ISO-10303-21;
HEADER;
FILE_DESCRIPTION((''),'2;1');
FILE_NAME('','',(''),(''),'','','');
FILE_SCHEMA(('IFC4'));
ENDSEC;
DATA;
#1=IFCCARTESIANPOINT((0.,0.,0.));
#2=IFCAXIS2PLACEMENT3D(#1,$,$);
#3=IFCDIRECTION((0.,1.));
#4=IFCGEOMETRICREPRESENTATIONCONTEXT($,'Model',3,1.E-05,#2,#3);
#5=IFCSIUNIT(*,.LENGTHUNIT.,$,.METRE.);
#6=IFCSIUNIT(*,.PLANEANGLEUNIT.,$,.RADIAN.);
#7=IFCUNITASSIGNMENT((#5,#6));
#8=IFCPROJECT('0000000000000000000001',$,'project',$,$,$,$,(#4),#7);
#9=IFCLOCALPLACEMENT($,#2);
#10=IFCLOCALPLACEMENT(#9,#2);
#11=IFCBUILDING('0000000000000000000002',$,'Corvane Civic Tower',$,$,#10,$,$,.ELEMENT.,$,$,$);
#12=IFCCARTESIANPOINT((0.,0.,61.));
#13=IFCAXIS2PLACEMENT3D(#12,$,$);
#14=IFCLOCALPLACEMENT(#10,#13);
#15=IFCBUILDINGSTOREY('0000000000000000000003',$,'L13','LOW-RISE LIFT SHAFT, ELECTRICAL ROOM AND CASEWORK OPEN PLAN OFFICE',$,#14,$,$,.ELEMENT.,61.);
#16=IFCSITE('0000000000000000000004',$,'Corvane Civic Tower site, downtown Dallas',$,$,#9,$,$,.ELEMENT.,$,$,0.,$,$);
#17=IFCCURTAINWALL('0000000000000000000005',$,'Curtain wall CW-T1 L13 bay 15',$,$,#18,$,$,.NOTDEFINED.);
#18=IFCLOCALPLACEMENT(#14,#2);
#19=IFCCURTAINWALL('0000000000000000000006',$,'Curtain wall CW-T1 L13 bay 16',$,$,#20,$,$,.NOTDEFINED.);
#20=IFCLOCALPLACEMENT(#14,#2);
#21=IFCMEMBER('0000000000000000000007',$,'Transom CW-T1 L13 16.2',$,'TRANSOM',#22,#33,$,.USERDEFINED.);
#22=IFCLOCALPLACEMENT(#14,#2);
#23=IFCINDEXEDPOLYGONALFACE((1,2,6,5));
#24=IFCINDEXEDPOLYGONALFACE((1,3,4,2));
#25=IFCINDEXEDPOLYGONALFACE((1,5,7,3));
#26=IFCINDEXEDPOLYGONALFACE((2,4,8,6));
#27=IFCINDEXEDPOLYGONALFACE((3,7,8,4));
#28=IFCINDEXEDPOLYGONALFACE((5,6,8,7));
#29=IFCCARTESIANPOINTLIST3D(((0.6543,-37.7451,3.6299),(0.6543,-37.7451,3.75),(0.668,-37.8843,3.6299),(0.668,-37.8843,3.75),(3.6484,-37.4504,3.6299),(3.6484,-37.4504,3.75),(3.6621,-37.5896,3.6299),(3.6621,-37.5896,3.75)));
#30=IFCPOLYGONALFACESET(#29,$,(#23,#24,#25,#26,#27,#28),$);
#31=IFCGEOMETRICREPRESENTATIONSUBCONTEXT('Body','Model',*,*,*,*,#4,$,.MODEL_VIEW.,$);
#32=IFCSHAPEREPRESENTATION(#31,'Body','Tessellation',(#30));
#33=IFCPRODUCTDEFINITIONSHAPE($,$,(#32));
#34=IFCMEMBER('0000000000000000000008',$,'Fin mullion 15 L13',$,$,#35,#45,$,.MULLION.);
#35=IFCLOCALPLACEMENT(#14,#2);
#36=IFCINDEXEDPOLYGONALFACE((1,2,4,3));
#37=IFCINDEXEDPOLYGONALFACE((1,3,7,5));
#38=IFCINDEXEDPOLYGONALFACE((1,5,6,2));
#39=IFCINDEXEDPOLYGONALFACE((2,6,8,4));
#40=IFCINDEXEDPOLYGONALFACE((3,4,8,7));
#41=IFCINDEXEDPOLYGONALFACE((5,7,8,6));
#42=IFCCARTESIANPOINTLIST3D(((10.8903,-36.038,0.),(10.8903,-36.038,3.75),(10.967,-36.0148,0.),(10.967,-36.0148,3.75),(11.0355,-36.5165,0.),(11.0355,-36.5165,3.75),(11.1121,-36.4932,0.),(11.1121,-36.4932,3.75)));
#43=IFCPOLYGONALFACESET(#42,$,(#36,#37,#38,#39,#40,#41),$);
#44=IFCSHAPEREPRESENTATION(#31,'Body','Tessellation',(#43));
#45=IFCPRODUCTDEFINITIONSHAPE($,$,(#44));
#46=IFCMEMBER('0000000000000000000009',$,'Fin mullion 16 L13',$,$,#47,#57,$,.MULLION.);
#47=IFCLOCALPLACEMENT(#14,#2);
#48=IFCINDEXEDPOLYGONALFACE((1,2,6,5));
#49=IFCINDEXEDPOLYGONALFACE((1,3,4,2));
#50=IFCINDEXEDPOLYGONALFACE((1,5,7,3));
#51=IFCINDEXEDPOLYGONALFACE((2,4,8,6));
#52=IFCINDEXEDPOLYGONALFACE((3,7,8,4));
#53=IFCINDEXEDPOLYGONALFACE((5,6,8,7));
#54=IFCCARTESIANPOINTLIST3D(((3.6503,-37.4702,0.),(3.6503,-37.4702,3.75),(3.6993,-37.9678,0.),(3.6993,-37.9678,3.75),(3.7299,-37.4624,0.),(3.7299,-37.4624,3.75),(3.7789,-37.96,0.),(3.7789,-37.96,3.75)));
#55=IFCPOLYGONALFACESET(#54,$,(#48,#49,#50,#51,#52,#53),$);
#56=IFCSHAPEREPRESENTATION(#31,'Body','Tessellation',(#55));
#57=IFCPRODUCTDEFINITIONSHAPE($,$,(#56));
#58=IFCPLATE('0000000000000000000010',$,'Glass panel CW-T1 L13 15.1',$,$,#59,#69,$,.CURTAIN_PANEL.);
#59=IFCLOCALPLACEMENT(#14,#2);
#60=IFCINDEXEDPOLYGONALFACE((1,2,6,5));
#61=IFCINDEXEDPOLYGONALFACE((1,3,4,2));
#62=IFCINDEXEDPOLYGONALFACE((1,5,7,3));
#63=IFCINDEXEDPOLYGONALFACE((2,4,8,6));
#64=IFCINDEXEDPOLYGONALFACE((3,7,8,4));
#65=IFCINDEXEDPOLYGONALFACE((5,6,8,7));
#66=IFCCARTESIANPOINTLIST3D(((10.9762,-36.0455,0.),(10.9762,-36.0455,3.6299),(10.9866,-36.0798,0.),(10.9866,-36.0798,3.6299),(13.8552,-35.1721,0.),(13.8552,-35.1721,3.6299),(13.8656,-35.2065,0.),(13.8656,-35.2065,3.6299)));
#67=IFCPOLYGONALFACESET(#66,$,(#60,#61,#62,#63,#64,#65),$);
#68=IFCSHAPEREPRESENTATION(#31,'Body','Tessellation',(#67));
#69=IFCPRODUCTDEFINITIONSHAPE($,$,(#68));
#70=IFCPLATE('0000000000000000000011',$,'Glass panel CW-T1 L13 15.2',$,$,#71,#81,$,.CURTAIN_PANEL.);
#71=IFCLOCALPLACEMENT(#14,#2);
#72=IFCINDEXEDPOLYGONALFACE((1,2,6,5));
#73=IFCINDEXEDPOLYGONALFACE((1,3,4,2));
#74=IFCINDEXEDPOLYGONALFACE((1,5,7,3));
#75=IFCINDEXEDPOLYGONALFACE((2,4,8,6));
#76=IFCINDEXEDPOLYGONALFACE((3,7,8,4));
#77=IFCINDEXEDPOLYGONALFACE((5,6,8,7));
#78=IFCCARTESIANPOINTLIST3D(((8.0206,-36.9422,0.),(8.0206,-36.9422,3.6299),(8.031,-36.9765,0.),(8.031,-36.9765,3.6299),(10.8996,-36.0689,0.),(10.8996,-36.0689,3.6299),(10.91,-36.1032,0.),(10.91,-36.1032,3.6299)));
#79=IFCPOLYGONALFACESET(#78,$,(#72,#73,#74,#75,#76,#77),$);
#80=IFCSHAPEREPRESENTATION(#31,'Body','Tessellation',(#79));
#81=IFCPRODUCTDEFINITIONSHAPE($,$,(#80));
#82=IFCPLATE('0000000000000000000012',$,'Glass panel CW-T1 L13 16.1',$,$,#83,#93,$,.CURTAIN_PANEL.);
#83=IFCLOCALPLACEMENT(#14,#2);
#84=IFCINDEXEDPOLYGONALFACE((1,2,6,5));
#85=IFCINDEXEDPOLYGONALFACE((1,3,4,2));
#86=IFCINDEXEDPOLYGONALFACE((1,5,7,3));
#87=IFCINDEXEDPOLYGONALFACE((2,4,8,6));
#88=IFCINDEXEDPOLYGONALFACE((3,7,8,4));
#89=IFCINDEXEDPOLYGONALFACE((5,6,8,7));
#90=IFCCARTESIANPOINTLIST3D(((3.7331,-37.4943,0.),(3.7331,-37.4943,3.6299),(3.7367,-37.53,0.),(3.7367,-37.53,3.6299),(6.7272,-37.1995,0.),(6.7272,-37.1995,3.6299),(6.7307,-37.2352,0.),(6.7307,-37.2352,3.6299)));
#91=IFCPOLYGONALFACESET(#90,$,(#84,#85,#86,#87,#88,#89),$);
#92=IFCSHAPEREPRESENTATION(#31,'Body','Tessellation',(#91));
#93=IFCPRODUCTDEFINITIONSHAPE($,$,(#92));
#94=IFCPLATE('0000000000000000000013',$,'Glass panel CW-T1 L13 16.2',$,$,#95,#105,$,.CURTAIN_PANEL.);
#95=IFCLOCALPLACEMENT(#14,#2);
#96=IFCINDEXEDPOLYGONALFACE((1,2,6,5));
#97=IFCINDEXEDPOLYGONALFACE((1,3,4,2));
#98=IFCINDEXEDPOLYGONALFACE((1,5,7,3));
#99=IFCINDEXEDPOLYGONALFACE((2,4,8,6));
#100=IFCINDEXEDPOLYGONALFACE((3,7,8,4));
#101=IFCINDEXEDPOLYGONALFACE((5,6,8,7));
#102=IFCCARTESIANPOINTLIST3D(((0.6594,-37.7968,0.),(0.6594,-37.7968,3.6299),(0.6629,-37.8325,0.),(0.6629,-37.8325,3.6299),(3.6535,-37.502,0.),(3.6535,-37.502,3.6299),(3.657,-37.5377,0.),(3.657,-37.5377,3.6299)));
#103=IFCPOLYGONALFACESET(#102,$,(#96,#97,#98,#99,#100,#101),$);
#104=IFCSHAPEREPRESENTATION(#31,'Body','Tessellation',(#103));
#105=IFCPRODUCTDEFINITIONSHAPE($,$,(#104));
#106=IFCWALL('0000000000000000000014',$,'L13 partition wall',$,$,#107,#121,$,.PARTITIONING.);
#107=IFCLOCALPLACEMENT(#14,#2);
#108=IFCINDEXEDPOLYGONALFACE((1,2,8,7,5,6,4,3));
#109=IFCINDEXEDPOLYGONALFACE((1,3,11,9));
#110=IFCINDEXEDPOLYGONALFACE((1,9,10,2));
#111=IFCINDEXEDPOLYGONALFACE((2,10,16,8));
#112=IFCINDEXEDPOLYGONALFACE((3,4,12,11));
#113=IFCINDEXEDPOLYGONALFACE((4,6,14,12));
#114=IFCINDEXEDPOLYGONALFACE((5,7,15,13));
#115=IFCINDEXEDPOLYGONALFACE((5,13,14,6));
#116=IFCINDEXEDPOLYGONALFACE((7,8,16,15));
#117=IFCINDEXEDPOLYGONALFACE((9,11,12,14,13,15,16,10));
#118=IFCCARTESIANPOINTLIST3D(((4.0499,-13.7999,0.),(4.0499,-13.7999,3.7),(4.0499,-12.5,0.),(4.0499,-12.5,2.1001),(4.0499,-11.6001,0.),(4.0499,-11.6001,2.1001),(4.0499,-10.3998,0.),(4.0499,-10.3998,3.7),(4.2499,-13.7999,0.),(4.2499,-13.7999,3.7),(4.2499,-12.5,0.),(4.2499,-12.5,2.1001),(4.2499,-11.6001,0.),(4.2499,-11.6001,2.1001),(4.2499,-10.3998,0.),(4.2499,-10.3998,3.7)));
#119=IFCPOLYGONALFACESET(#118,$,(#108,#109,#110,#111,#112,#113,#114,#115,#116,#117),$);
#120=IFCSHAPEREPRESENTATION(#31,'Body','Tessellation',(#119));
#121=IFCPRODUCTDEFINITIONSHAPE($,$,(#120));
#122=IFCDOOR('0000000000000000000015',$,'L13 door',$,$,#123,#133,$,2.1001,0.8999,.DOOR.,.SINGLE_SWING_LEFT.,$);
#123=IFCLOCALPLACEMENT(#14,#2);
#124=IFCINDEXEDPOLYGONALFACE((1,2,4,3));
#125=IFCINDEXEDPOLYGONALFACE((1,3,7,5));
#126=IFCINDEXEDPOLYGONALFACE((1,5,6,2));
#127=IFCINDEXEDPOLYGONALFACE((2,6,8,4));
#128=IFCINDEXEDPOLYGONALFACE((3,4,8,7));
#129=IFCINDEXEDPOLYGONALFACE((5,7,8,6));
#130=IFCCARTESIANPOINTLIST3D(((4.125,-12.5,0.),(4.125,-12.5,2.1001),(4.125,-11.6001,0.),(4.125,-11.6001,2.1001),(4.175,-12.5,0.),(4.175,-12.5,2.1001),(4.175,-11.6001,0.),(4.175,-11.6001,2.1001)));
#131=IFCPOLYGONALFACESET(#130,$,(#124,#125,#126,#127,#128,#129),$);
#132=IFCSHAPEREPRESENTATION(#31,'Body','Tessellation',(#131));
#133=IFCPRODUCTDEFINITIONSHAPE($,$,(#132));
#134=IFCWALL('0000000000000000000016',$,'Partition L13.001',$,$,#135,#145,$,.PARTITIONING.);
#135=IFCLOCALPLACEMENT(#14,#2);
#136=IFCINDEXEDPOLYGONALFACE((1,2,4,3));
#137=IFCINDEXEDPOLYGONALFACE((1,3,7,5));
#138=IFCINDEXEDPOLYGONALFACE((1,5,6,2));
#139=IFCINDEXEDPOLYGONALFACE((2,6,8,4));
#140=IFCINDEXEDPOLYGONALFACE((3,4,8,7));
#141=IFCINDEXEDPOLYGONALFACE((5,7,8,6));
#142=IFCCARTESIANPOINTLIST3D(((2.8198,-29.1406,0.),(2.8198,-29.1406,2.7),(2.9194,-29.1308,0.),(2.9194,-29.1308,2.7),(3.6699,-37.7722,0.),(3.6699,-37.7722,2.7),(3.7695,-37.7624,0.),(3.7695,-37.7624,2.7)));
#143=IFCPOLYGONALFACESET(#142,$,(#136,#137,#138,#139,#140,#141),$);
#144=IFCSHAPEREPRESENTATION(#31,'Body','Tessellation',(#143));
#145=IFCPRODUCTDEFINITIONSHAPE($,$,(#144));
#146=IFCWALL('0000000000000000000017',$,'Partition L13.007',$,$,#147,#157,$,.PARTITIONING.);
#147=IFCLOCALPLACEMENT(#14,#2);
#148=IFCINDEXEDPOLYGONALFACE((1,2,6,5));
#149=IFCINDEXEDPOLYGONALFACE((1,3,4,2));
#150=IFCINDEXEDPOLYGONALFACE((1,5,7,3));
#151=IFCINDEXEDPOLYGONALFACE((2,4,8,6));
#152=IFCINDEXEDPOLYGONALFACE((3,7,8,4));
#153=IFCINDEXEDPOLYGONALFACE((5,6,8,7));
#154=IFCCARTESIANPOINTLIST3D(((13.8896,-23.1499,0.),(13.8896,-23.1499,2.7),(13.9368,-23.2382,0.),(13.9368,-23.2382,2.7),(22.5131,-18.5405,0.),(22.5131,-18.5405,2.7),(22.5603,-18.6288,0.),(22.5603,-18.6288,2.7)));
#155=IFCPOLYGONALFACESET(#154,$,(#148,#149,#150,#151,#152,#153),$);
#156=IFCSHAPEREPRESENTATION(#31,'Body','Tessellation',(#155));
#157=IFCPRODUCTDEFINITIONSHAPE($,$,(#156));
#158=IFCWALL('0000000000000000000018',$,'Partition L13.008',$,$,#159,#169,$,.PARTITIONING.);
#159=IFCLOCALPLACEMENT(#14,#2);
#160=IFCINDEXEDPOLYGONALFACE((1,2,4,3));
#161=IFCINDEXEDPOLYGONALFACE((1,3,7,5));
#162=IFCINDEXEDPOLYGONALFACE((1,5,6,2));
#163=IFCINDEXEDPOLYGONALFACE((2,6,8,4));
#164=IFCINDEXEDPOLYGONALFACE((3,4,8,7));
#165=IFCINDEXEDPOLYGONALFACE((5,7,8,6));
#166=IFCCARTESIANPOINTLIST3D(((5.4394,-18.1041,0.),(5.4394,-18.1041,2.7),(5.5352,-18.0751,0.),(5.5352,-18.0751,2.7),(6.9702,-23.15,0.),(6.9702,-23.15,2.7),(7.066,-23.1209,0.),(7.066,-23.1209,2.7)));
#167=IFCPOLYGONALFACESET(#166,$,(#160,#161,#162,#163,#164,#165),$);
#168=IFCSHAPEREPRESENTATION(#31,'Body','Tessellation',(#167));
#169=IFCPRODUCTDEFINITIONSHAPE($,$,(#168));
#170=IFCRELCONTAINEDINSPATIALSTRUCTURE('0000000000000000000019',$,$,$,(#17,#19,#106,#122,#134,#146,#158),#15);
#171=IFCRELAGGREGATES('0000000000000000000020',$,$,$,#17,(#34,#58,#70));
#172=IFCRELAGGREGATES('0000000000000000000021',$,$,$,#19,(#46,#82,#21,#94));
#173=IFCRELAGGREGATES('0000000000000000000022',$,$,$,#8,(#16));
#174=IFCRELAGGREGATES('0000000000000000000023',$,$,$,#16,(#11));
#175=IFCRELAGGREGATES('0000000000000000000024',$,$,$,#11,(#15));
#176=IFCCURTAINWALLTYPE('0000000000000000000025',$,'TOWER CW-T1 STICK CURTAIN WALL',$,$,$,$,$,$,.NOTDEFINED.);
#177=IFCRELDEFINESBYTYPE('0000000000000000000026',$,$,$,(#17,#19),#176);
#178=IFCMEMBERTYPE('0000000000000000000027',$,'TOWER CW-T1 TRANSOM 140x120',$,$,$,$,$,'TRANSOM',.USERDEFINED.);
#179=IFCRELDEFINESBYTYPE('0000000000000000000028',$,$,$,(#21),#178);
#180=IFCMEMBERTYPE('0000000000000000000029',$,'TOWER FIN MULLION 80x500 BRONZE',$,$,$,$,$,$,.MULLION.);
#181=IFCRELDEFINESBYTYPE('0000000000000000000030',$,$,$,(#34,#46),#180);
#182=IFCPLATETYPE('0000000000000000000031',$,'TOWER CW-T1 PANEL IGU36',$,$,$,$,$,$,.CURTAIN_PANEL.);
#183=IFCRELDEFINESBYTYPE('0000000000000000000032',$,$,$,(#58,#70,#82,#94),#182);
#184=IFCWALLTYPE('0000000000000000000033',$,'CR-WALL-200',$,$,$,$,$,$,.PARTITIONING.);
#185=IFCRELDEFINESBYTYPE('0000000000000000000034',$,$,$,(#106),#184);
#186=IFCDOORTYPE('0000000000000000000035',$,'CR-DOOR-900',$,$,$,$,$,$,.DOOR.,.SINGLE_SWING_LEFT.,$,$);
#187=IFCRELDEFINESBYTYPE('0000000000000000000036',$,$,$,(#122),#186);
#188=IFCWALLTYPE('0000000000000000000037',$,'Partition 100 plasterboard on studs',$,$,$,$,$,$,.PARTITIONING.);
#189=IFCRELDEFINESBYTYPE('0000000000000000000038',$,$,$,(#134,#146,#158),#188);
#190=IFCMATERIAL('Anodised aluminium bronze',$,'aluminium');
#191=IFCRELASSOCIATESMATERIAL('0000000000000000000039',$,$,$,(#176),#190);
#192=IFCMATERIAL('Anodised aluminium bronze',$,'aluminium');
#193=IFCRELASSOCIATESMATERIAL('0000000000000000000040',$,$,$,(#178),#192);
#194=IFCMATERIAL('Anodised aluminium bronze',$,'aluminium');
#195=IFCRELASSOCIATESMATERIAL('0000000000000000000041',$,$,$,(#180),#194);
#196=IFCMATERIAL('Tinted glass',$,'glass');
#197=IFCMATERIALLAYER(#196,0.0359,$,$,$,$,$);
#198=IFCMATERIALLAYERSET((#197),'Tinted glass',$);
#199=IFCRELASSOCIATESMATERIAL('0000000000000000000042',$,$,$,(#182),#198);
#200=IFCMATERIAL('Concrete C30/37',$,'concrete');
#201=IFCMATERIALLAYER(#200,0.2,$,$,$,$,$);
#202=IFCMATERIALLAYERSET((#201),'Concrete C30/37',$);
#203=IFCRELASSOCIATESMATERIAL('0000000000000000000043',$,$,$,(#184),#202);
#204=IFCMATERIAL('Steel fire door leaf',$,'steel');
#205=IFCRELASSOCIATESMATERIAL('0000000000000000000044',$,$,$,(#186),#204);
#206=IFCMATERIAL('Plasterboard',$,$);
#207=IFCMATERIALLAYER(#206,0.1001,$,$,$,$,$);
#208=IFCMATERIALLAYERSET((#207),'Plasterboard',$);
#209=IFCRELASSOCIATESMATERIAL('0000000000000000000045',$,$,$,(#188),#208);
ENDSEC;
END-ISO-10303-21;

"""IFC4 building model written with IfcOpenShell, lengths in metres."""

from ifc_helpers import new_model, si_unit, direction, frame, frame_2d, origin, origin_2d, place, context, subcontext, project, spatial, rectangle, extrude, material, layer, layer_set, material_profile, profile_set, type_object, element, fill, aggregate, save


model = new_model("IFC4")

# Units and contexts
model_context = context("Model", 3, precision=1e-05, world=origin(), true_north=direction((0.0, 1.0)))
body_context = subcontext(model_context, "Body", "Model", "MODEL_VIEW")
ifc_project = project(units=[si_unit("LENGTHUNIT", "METRE"), si_unit("PLANEANGLEUNIT", "RADIAN")], contexts=[model_context])

# Site, building, storey
site_placement = place(None, origin())
site = spatial("IfcSite", under=ifc_project, at=site_placement, Name="Corvane Civic Tower site, downtown Dallas", CompositionType="ELEMENT", RefElevation=0.0)
building_placement = place(site_placement, origin())
building = spatial("IfcBuilding", under=site, at=building_placement, Name="Corvane Civic Tower", CompositionType="ELEMENT")
storey_placement = place(building_placement, frame((0.0, 0.0, 61.0)))
storey = spatial("IfcBuildingStorey", under=building, at=storey_placement, Name="L13", Description="LOW-RISE LIFT SHAFT, ELECTRICAL ROOM AND CASEWORK OPEN PLAN OFFICE", CompositionType="ELEMENT", Elevation=61.0)

# Curtain walls, member
ifc_material_1 = material(Name="Anodised aluminium bronze", Category="aluminium")
curtain_wall_type = type_object("IfcCurtainWallType", Name="TOWER CW-T1 STICK CURTAIN WALL", PredefinedType="NOTDEFINED", material=ifc_material_1)
curtain_wall_1_placement = place(storey_placement, origin())
curtain_wall_1 = element("IfcCurtainWall", 1, at=curtain_wall_1_placement, inside=storey, type_object=curtain_wall_type, Name="Curtain wall CW-T1 L13 bay 15", PredefinedType="NOTDEFINED")
ifc_material_2 = material(Name="Anodised aluminium bronze", Category="aluminium")
ifc_material_profile_1 = material_profile(ifc_material_2, rectangle(XDim=0.1399, YDim=0.1201, at=origin_2d()), Name="TOWER CW-T1 TRANSOM 140x120")
ifc_profile_set_1 = profile_set([ifc_material_profile_1], Name="Anodised aluminium bronze")
member_type_1 = type_object("IfcMemberType", Name="TOWER CW-T1 TRANSOM 140x120", ElementType="TRANSOM", PredefinedType="USERDEFINED", material=ifc_profile_set_1)
curtain_wall_2_placement = place(storey_placement, origin())
curtain_wall_2 = element("IfcCurtainWall", 2, at=curtain_wall_2_placement, inside=storey, type_object=curtain_wall_type, Name="Curtain wall CW-T1 L13 bay 16", PredefinedType="NOTDEFINED")
member_1_placement = place(storey_placement, frame((3.6553, -37.52, 3.6899), z_axis=(-0.995192, -0.097945, 0.0), x_axis=(0.097945, -0.995192, 0.0)))
member_1 = element("IfcMember", 3, at=member_1_placement, type_object=member_type_1, Name="Transom CW-T1 L13 16.2", ObjectType="TRANSOM", PredefinedType="USERDEFINED", context=body_context, shape_type="SweptSolid", body=[
    extrude(rectangle(XDim=0.1399, YDim=0.1201, at=origin_2d()), origin(), (0.0, 0.0, 1.0), 3.0085),
])

# Members
ifc_material_3 = material(Name="Anodised aluminium bronze", Category="aluminium")
ifc_material_profile_2 = material_profile(ifc_material_3, rectangle(XDim=0.0801, YDim=0.5, at=origin_2d()), Name="TOWER FIN MULLION 80x500 BRONZE")
ifc_profile_set_2 = profile_set([ifc_material_profile_2], Name="Anodised aluminium bronze")
member_type_2 = type_object("IfcMemberType", Name="TOWER FIN MULLION 80x500 BRONZE", PredefinedType="MULLION", material=ifc_profile_set_2)
member_2_placement = place(storey_placement, frame((11.0012, -36.2656, 0.0), z_axis=(0.0, 0.0, 1.0), x_axis=(-0.956942, -0.290278, 0.0)))
member_2 = element("IfcMember", 4, at=member_2_placement, type_object=member_type_2, Name="Fin mullion 15 L13", PredefinedType="MULLION", context=body_context, shape_type="SweptSolid", body=[
    extrude(rectangle(XDim=0.0801, YDim=0.5, at=origin_2d()), origin(), (0.0, 0.0, 1.0), 3.75),
])
member_3_placement = place(storey_placement, frame((3.7146, -37.7151, 0.0), z_axis=(0.0, 0.0, 1.0), x_axis=(-0.995186, -0.098006, 0.0)))
member_3 = element("IfcMember", 5, at=member_3_placement, type_object=member_type_2, Name="Fin mullion 16 L13", PredefinedType="MULLION", context=body_context, shape_type="SweptSolid", body=[
    extrude(rectangle(XDim=0.0801, YDim=0.5, at=origin_2d()), origin(), (0.0, 0.0, 1.0), 3.75),
])

# Plates
ifc_material_4 = material(Name="Tinted glass", Category="glass")
ifc_layer_1 = layer(ifc_material_4, 0.0359)
ifc_layer_set_1 = layer_set([ifc_layer_1], Name="Tinted glass")
plate_type = type_object("IfcPlateType", Name="TOWER CW-T1 PANEL IGU36", PredefinedType="CURTAIN_PANEL", material=ifc_layer_set_1)
plate_1_placement = place(storey_placement, frame((12.4209, -35.626, 0.0), z_axis=(0.0, 0.0, 1.0), x_axis=(-0.956942, -0.290278, 0.0)))
plate_1 = element("IfcPlate", 6, at=plate_1_placement, type_object=plate_type, Name="Glass panel CW-T1 L13 15.1", PredefinedType="CURTAIN_PANEL", context=body_context, shape_type="SweptSolid", body=[
    extrude(rectangle(XDim=3.0085, YDim=0.0359, at=origin_2d()), origin(), (0.0, 0.0, 1.0), 3.6299),
])
plate_2_placement = place(storey_placement, frame((9.4653, -36.5227, 0.0), z_axis=(0.0, 0.0, 1.0), x_axis=(-0.956942, -0.290278, 0.0)))
plate_2 = element("IfcPlate", 7, at=plate_2_placement, type_object=plate_type, Name="Glass panel CW-T1 L13 15.2", PredefinedType="CURTAIN_PANEL", context=body_context, shape_type="SweptSolid", body=[
    extrude(rectangle(XDim=3.0085, YDim=0.0359, at=origin_2d()), origin(), (0.0, 0.0, 1.0), 3.6299),
])
aggregate(curtain_wall_1, [member_2, plate_1, plate_2])
plate_3_placement = place(storey_placement, frame((5.2319, -37.3647, 0.0), z_axis=(0.0, 0.0, 1.0), x_axis=(-0.995186, -0.098006, 0.0)))
plate_3 = element("IfcPlate", 8, at=plate_3_placement, type_object=plate_type, Name="Glass panel CW-T1 L13 16.1", PredefinedType="CURTAIN_PANEL", context=body_context, shape_type="SweptSolid", body=[
    extrude(rectangle(XDim=3.0085, YDim=0.0359, at=origin_2d()), origin(), (0.0, 0.0, 1.0), 3.6299),
])
plate_4_placement = place(storey_placement, frame((2.1582, -37.6672, 0.0), z_axis=(0.0, 0.0, 1.0), x_axis=(-0.995186, -0.098006, 0.0)))
plate_4 = element("IfcPlate", 9, at=plate_4_placement, type_object=plate_type, Name="Glass panel CW-T1 L13 16.2", PredefinedType="CURTAIN_PANEL", context=body_context, shape_type="SweptSolid", body=[
    extrude(rectangle(XDim=3.0085, YDim=0.0359, at=origin_2d()), origin(), (0.0, 0.0, 1.0), 3.6299),
])
aggregate(curtain_wall_2, [member_3, plate_3, member_1, plate_4])

# Wall, opening, door
ifc_material_5 = material(Name="Concrete C30/37", Category="concrete")
ifc_layer_2 = layer(ifc_material_5, 0.2)
ifc_layer_set_2 = layer_set([ifc_layer_2], Name="Concrete C30/37")
wall_type_1 = type_object("IfcWallType", Name="CR-WALL-200", PredefinedType="PARTITIONING", material=ifc_layer_set_2)
wall_1_placement = place(storey_placement, frame((4.1499, -13.8, 0.0), z_axis=(0.0, 0.0, 1.0), x_axis=(0.0, 1.0, 0.0)))
wall_1 = element("IfcWall", 10, at=wall_1_placement, inside=storey, type_object=wall_type_1, Name="L13 partition wall", PredefinedType="PARTITIONING", context=body_context, shape_type="SweptSolid", body=[
    extrude(rectangle(XDim=3.4001, YDim=0.2, at=frame_2d((1.7002, 0.0))), origin(), (0.0, 0.0, 1.0), 3.7),
])
opening_placement = place(wall_1_placement, frame((1.3, 0.0, 0.0)))
opening = element("IfcOpeningElement", 11, at=opening_placement, cuts=wall_1, PredefinedType="OPENING", context=body_context, shape_type="SweptSolid", body=[
    extrude(rectangle(XDim=0.8999, YDim=2.1001, at=frame_2d((0.45, 1.05))), frame((0.0, 0.1099, 0.0), z_axis=(0.0, -1.0, 0.0), x_axis=(1.0, 0.0, 0.0)), (0.0, 0.0, 1.0), 0.22),
])
ifc_material_6 = material(Name="Steel fire door leaf", Category="steel")
door_type = type_object("IfcDoorType", Name="CR-DOOR-900", OperationType="SINGLE_SWING_LEFT", PredefinedType="DOOR", material=ifc_material_6)
door_placement = place(opening_placement, origin())
door = element("IfcDoor", 12, at=door_placement, inside=storey, type_object=door_type, Name="L13 door", OperationType="SINGLE_SWING_LEFT", OverallHeight=2.1001, OverallWidth=0.8999, PredefinedType="DOOR", context=body_context, shape_type="SweptSolid", body=[
    extrude(rectangle(XDim=0.8999, YDim=2.1001, at=frame_2d((0.45, 1.05))), frame((0.0, 0.0249, 0.0), z_axis=(0.0, -1.0, 0.0), x_axis=(1.0, 0.0, 0.0)), (0.0, 0.0, 1.0), 0.05),
])
fill(opening, door)

# Walls
ifc_material_7 = material(Name="Plasterboard")
ifc_layer_3 = layer(ifc_material_7, 0.1001)
ifc_layer_set_3 = layer_set([ifc_layer_3], Name="Plasterboard")
wall_type_2 = type_object("IfcWallType", Name="Partition 100 plasterboard on studs", PredefinedType="PARTITIONING", material=ifc_layer_set_3)
wall_2_placement = place(storey_placement, frame((2.8696, -29.1357, 0.0), z_axis=(0.0, 0.0, 1.0), x_axis=(0.098013, -0.995185, 0.0)))
element("IfcWall", 13, at=wall_2_placement, inside=storey, type_object=wall_type_2, Name="Partition L13.001", PredefinedType="PARTITIONING", context=body_context, shape_type="SweptSolid", body=[
    extrude(rectangle(XDim=8.6733, YDim=0.1001, at=frame_2d((4.3367, 0.0))), origin(), (0.0, 0.0, 1.0), 2.7),
])
wall_3_placement = place(storey_placement, frame((13.9131, -23.1941, 0.0), z_axis=(0.0, 0.0, 1.0), x_axis=(0.881921, 0.471397, 0.0)))
element("IfcWall", 14, at=wall_3_placement, inside=storey, type_object=wall_type_2, Name="Partition L13.007", PredefinedType="PARTITIONING", context=body_context, shape_type="SweptSolid", body=[
    extrude(rectangle(XDim=9.7781, YDim=0.1001, at=frame_2d((4.8892, 0.0))), origin(), (0.0, 0.0, 1.0), 2.7),
])
wall_4_placement = place(storey_placement, frame((5.4873, -18.0896, 0.0), z_axis=(0.0, 0.0, 1.0), x_axis=(0.290303, -0.956935, 0.0)))
element("IfcWall", 15, at=wall_4_placement, inside=storey, type_object=wall_type_2, Name="Partition L13.008", PredefinedType="PARTITIONING", context=body_context, shape_type="SweptSolid", body=[
    extrude(rectangle(XDim=5.2729, YDim=0.1001, at=frame_2d((2.6365, 0.0))), origin(), (0.0, 0.0, 1.0), 2.7),
])

save(model, "model.ifc")
